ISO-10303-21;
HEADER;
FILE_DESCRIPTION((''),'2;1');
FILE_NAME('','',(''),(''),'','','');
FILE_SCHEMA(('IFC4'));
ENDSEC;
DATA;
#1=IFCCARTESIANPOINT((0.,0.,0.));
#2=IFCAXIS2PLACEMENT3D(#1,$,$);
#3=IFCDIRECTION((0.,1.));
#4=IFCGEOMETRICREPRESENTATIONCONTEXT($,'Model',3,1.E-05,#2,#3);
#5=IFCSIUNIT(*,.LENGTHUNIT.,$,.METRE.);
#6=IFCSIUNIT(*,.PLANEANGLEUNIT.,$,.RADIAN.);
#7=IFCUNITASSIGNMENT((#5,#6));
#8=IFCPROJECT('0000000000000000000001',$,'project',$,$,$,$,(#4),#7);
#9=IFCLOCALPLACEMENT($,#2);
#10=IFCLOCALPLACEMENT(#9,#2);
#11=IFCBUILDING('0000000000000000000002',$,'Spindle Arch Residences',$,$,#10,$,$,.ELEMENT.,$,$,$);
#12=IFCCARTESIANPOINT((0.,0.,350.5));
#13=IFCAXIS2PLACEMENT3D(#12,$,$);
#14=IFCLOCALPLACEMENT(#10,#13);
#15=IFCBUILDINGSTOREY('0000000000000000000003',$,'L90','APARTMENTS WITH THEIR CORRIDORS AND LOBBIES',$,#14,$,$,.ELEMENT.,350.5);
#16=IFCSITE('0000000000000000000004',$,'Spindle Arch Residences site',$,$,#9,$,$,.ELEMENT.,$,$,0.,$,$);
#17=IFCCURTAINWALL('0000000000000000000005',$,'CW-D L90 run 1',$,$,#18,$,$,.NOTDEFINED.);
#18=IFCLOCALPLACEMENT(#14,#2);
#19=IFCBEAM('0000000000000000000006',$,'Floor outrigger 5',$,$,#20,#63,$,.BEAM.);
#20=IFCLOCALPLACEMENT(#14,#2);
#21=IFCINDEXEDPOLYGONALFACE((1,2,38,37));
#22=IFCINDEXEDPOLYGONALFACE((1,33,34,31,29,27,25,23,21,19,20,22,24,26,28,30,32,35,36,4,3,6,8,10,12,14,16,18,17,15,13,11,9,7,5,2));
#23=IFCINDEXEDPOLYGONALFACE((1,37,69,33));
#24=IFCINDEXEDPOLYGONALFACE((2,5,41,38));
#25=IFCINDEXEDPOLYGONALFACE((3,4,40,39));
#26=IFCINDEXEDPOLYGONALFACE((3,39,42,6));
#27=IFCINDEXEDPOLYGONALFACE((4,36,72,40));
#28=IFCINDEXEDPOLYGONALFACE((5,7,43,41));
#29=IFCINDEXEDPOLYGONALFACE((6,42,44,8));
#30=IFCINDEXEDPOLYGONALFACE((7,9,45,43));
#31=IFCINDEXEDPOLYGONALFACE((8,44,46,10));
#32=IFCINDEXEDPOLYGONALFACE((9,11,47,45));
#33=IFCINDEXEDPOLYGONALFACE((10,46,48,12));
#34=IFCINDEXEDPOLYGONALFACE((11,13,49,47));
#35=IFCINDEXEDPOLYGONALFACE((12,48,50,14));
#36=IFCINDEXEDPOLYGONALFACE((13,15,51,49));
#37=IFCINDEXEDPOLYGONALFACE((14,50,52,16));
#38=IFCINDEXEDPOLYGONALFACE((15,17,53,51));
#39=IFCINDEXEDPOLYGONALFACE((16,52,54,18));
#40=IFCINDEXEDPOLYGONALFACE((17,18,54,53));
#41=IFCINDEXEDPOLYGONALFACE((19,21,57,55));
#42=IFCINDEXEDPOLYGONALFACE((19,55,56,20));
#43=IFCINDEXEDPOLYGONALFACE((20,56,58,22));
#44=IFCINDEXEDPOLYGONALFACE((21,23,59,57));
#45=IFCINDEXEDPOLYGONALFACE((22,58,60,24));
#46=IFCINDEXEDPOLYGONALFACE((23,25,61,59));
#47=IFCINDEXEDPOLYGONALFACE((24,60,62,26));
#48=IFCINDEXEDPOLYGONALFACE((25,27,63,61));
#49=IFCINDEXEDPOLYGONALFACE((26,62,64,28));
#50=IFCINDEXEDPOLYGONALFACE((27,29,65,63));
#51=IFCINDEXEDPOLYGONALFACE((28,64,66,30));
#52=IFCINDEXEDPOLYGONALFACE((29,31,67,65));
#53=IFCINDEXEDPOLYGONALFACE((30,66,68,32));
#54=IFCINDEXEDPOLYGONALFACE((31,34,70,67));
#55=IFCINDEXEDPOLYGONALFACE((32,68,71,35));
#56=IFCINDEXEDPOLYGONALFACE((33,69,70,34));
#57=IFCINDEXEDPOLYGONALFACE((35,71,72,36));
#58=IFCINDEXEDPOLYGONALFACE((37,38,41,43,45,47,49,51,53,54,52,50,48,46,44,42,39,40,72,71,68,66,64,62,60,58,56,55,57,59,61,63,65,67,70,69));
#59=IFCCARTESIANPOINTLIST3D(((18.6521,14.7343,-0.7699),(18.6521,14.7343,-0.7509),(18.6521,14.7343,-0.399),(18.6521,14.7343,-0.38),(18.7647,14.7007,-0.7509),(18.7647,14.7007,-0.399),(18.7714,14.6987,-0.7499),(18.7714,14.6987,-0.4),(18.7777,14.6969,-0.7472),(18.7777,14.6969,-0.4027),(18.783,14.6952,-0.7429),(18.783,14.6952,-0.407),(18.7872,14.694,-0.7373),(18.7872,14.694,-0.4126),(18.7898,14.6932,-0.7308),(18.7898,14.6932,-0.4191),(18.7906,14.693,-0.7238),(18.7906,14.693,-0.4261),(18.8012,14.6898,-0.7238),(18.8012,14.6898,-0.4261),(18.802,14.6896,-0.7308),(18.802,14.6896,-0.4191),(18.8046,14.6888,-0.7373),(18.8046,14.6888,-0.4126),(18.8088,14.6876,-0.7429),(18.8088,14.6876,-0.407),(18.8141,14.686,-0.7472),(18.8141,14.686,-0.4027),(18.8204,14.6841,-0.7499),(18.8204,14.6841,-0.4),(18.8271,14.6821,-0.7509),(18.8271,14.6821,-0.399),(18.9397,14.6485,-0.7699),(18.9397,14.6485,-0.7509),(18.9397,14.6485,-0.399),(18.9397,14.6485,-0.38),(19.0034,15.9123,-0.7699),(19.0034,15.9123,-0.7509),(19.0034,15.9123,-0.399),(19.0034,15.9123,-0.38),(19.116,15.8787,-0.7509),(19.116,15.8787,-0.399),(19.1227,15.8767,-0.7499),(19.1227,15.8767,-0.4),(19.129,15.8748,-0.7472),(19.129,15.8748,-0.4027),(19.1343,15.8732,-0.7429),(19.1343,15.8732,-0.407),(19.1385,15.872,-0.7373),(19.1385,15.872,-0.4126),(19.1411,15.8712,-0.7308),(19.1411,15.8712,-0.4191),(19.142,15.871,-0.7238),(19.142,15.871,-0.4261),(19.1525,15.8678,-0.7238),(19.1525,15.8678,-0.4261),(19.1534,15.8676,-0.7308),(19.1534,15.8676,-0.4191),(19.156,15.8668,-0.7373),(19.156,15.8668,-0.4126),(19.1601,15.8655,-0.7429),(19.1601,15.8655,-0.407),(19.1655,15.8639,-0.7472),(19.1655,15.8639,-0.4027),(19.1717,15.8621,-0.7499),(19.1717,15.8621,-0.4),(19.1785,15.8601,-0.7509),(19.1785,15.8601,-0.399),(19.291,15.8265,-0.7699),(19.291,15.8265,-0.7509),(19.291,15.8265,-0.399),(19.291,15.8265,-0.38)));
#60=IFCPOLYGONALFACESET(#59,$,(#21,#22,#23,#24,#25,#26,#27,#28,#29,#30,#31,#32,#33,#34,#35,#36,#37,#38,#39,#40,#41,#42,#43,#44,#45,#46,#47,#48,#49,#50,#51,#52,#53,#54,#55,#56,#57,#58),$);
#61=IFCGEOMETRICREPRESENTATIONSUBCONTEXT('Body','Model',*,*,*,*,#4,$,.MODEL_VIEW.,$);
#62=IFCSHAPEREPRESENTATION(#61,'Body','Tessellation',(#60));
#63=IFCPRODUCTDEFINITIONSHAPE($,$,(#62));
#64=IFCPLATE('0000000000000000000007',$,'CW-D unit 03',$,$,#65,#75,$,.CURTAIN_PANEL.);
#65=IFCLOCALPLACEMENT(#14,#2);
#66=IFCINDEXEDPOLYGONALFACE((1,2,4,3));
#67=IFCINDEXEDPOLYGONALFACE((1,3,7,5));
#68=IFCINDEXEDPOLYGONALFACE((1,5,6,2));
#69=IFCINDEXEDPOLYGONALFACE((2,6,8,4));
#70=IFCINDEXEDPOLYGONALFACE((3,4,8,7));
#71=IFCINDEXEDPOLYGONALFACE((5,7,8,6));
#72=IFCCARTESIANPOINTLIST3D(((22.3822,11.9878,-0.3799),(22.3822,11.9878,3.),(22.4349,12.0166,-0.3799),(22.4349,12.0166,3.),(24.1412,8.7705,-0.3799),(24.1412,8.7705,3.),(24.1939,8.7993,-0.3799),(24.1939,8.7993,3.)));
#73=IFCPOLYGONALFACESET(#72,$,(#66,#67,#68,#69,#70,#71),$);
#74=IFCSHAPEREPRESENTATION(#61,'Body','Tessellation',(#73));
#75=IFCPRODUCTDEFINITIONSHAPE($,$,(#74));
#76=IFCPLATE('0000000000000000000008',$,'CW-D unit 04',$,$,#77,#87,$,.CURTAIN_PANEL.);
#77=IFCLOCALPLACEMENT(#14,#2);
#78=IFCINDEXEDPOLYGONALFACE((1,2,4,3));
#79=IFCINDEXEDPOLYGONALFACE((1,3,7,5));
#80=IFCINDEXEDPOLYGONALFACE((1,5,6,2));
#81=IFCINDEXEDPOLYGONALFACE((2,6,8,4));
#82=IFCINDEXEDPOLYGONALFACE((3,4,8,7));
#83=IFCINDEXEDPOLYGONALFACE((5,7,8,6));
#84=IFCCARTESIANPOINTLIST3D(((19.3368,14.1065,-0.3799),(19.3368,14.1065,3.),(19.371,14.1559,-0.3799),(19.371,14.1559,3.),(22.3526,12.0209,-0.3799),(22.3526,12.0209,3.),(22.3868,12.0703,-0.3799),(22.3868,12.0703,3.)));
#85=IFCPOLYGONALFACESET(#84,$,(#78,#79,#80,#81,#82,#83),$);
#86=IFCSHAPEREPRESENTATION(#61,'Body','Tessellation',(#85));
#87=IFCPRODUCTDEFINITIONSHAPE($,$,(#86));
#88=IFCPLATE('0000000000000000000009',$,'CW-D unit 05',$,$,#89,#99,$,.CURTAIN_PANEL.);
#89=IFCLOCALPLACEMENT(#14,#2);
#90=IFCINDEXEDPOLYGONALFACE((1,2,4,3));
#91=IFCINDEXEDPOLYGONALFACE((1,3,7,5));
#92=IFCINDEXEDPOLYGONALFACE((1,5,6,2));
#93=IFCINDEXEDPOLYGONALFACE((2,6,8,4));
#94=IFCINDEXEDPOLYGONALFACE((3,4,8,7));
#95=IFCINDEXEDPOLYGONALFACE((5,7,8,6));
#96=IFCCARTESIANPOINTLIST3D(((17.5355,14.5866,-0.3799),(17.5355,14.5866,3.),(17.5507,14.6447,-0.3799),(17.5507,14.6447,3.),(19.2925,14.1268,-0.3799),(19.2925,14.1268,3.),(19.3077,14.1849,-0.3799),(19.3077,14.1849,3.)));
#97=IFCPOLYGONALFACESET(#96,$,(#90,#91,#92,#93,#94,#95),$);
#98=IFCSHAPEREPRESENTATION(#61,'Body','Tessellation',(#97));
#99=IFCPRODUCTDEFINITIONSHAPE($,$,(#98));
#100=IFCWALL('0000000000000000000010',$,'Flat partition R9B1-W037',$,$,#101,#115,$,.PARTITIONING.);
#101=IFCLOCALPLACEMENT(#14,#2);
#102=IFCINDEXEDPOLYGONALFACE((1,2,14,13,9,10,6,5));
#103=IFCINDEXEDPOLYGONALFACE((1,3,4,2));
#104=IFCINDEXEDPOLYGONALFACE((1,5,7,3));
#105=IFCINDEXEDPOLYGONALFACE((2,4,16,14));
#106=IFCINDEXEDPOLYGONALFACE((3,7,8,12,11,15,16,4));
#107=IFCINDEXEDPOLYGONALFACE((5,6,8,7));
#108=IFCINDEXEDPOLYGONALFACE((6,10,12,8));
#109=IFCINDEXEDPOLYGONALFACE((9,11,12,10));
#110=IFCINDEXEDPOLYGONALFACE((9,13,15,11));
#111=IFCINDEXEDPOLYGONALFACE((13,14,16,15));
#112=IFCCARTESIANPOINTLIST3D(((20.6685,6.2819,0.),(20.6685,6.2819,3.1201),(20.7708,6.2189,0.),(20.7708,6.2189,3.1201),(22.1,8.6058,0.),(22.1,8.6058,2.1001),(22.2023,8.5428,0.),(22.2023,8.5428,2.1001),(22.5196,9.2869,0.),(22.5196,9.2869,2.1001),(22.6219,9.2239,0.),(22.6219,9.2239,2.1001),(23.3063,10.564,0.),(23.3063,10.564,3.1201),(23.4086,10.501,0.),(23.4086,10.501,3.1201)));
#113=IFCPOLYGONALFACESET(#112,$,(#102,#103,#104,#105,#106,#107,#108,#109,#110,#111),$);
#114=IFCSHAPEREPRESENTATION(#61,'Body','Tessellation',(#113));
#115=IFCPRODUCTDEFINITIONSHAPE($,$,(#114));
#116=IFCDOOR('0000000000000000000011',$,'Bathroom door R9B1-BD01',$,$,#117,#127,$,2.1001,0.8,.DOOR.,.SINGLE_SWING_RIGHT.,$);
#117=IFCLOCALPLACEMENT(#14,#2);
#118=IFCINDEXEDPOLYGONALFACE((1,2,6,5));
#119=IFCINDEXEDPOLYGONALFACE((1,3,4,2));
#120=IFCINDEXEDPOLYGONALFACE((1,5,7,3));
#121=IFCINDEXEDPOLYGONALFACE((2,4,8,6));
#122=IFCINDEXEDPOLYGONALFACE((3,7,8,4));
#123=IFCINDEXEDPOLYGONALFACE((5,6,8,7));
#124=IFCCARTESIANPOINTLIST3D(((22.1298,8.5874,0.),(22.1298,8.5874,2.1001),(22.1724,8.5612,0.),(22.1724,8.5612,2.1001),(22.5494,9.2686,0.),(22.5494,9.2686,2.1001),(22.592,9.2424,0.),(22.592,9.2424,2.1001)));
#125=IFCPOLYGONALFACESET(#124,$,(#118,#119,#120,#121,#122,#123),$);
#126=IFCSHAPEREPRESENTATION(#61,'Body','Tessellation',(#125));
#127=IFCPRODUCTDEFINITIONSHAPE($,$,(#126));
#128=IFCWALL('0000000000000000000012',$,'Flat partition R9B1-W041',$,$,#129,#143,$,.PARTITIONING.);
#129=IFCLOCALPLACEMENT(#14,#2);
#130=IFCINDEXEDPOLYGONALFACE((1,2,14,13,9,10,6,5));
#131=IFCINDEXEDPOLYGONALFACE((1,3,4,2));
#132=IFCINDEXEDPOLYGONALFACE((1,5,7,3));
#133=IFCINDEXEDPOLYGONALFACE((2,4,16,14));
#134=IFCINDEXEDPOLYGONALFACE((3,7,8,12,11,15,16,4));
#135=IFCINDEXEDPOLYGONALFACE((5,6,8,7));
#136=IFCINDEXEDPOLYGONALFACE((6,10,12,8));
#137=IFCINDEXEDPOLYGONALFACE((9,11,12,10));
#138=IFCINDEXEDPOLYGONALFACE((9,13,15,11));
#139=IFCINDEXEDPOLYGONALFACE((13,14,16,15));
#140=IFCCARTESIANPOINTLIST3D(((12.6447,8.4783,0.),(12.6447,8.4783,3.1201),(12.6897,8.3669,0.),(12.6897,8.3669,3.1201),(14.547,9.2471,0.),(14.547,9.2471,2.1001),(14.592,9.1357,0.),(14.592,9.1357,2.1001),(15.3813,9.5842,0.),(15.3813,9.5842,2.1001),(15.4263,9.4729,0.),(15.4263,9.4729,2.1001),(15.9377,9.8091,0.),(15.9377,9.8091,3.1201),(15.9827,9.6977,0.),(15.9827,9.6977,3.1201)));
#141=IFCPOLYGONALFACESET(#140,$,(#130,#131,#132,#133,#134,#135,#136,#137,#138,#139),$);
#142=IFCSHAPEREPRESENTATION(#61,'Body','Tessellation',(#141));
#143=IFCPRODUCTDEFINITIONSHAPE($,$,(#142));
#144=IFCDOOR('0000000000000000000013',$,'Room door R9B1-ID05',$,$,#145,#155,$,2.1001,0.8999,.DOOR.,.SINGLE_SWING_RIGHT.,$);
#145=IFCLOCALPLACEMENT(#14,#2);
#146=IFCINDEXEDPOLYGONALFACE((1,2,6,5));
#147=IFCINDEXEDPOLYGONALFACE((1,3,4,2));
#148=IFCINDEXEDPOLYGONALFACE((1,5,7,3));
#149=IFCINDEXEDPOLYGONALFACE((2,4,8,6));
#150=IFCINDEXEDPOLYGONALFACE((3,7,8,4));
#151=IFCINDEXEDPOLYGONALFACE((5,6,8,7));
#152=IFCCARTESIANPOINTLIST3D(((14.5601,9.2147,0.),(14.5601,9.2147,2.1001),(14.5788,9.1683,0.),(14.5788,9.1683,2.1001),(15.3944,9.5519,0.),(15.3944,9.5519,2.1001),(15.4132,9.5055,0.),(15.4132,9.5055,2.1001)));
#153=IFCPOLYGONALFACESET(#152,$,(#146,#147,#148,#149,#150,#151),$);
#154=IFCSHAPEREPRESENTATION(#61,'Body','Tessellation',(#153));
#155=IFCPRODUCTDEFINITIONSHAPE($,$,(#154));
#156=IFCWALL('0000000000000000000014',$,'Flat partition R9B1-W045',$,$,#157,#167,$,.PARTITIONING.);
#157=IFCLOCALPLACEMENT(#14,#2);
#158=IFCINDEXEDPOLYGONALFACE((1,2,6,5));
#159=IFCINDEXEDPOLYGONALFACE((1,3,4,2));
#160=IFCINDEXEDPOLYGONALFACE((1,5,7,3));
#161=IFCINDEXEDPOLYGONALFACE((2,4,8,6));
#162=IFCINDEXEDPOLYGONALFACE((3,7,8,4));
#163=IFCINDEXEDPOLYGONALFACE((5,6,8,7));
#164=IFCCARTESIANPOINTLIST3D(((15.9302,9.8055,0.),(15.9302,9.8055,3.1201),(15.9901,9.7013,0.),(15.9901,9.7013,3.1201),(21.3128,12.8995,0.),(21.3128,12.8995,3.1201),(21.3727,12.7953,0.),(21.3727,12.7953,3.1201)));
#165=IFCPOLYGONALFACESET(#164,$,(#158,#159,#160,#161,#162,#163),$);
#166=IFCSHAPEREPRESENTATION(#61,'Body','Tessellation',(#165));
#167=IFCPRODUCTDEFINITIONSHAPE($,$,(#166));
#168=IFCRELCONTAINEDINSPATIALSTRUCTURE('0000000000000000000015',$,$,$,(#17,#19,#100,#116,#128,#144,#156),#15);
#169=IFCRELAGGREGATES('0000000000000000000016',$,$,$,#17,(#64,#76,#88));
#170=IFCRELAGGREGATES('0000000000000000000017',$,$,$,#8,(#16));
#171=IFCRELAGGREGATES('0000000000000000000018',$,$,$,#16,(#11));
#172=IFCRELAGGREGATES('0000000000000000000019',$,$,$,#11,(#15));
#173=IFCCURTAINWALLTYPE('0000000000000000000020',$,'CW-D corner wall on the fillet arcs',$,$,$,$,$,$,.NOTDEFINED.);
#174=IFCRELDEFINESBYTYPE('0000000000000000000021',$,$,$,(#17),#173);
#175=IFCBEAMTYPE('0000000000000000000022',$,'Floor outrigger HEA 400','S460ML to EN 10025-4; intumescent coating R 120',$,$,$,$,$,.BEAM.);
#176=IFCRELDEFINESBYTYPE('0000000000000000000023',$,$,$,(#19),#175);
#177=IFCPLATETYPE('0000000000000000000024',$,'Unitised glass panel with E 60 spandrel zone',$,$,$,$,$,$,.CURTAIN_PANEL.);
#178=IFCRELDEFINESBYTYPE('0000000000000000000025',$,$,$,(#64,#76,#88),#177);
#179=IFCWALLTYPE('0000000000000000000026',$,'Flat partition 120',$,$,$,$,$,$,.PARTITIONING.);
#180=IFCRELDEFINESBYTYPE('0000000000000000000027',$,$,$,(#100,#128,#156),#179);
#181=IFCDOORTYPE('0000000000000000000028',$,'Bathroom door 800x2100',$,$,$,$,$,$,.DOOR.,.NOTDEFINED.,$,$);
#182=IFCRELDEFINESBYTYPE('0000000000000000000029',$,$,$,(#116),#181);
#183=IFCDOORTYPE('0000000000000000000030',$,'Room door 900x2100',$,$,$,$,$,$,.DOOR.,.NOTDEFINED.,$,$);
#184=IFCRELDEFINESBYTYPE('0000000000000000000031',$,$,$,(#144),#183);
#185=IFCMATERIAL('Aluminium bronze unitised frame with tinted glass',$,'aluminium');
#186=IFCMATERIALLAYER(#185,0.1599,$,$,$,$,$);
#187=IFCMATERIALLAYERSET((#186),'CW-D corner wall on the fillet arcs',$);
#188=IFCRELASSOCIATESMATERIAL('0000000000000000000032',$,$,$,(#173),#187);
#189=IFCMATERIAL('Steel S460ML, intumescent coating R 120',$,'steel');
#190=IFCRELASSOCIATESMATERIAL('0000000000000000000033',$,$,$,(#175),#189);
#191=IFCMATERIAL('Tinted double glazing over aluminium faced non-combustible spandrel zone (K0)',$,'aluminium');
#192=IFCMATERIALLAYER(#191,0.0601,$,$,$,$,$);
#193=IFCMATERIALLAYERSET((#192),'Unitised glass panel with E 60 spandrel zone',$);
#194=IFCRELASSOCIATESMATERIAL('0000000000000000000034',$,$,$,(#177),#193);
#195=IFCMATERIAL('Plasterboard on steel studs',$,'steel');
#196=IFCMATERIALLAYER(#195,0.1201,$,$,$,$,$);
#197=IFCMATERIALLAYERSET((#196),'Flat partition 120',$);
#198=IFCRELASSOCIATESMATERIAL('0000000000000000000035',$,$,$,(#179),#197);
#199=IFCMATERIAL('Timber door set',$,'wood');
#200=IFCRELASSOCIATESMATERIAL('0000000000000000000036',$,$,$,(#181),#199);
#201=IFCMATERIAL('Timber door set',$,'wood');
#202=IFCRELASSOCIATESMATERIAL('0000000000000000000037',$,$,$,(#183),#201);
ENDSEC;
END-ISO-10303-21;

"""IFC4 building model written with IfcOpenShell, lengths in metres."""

from ifc_helpers import new_model, si_unit, direction, frame, frame_2d, origin, origin_2d, place, context, subcontext, project, spatial, rectangle, i_section, extrude, material, layer, layer_set, material_profile, profile_set, type_object, element, fill, aggregate, save


model = new_model("IFC4")

# Units and contexts
model_context = context("Model", 3, precision=1e-05, world=origin(), true_north=direction((0.0, 1.0)))
body_context = subcontext(model_context, "Body", "Model", "MODEL_VIEW")
ifc_project = project(units=[si_unit("LENGTHUNIT", "METRE"), si_unit("PLANEANGLEUNIT", "RADIAN")], contexts=[model_context])

# Site, building, storey
site_placement = place(None, origin())
site = spatial("IfcSite", under=ifc_project, at=site_placement, Name="Spindle Arch Residences site", CompositionType="ELEMENT", RefElevation=0.0)
building_placement = place(site_placement, origin())
building = spatial("IfcBuilding", under=site, at=building_placement, Name="Spindle Arch Residences", CompositionType="ELEMENT")
storey_placement = place(building_placement, frame((0.0, 0.0, 350.5)))
storey = spatial("IfcBuildingStorey", under=building, at=storey_placement, Name="L90", Description="APARTMENTS WITH THEIR CORRIDORS AND LOBBIES", CompositionType="ELEMENT", Elevation=350.5)

# Curtain wall
ifc_material_1 = material(Name="Aluminium bronze unitised frame with tinted glass", Category="aluminium")
ifc_layer_1 = layer(ifc_material_1, 0.1599)
ifc_layer_set_1 = layer_set([ifc_layer_1], Name="CW-D corner wall on the fillet arcs")
curtain_wall_type = type_object("IfcCurtainWallType", Name="CW-D corner wall on the fillet arcs", PredefinedType="NOTDEFINED", material=ifc_layer_set_1)
curtain_wall_placement = place(storey_placement, origin())
curtain_wall = element("IfcCurtainWall", 1, at=curtain_wall_placement, inside=storey, type_object=curtain_wall_type, Name="CW-D L90 run 1", PredefinedType="NOTDEFINED")

# Beam
ifc_material_2 = material(Name="Steel S460ML, intumescent coating R 120", Category="steel")
ifc_material_profile_1 = material_profile(ifc_material_2, i_section(OverallWidth=0.3, OverallDepth=0.3899, WebThickness=0.011, FlangeThickness=0.019, FilletRadius=0.0271, at=origin_2d()), Name="HEA 400")
ifc_profile_set_1 = profile_set([ifc_material_profile_1], Name="Steel S460ML, intumescent coating R 120")
beam_type_1 = type_object("IfcBeamType", Name="Floor outrigger HEA 400", Description="S460ML to EN 10025-4; intumescent coating R 120", PredefinedType="BEAM", material=ifc_profile_set_1)
beam_1_placement = place(storey_placement, frame((19.1472, 15.8694, -0.575), z_axis=(-0.285799, -0.95829, 0.0), x_axis=(0.95829, -0.285799, 0.0)))
element("IfcBeam", 2, at=beam_1_placement, inside=storey, type_object=beam_type_1, Name="Floor outrigger 5", PredefinedType="BEAM", context=body_context, shape_type="SweptSolid", body=[
    extrude(i_section(OverallWidth=0.3, OverallDepth=0.3899, WebThickness=0.011, FlangeThickness=0.019, FilletRadius=0.0271, at=origin_2d()), origin(), (0.0, 0.0, 1.0), 1.2292),
])

# Plates
ifc_material_3 = material(Name="Tinted double glazing over aluminium faced non-combustible spandrel zone (K0)", Category="aluminium")
ifc_layer_2 = layer(ifc_material_3, 0.0601)
ifc_layer_set_2 = layer_set([ifc_layer_2], Name="Unitised glass panel with E 60 spandrel zone")
plate_type = type_object("IfcPlateType", Name="Unitised glass panel with E 60 spandrel zone", PredefinedType="CURTAIN_PANEL", material=ifc_layer_set_2)
plate_1_placement = place(storey_placement, frame((23.2881, 10.3936, -0.3799), z_axis=(0.0, 0.0, 1.0), x_axis=(-0.479713, 0.877425, 0.0)))
plate_1 = element("IfcPlate", 3, at=plate_1_placement, type_object=plate_type, Name="CW-D unit 03", PredefinedType="CURTAIN_PANEL", context=body_context, shape_type="SweptSolid", body=[
    extrude(rectangle(XDim=3.6667, YDim=0.0601, at=origin_2d()), origin(), (0.0, 0.0, 1.0), 3.3799),
])
plate_2_placement = place(storey_placement, frame((20.8618, 13.0884, -0.3799), z_axis=(0.0, 0.0, 1.0), x_axis=(-0.822475, 0.568801, 0.0)))
plate_2 = element("IfcPlate", 4, at=plate_2_placement, type_object=plate_type, Name="CW-D unit 04", PredefinedType="CURTAIN_PANEL", context=body_context, shape_type="SweptSolid", body=[
    extrude(rectangle(XDim=3.6667, YDim=0.0601, at=origin_2d()), origin(), (0.0, 0.0, 1.0), 3.3799),
])
plate_3_placement = place(storey_placement, frame((18.4216, 14.3857, -0.3799), z_axis=(0.0, 0.0, 1.0), x_axis=(-0.967415, 0.253195, 0.0)))
plate_3 = element("IfcPlate", 5, at=plate_3_placement, type_object=plate_type, Name="CW-D unit 05", PredefinedType="CURTAIN_PANEL", context=body_context, shape_type="SweptSolid", body=[
    extrude(rectangle(XDim=1.8162, YDim=0.0601, at=origin_2d()), origin(), (0.0, 0.0, 1.0), 3.3799),
])
aggregate(curtain_wall, [plate_1, plate_2, plate_3])

# Walls, openings, doors
ifc_material_4 = material(Name="Plasterboard on steel studs", Category="steel")
ifc_layer_3 = layer(ifc_material_4, 0.1201)
ifc_layer_set_3 = layer_set([ifc_layer_3], Name="Flat partition 120")
wall_type_1 = type_object("IfcWallType", Name="Flat partition 120", PredefinedType="PARTITIONING", material=ifc_layer_set_3)
wall_1_placement = place(storey_placement, frame((23.3574, 10.5325, 0.0), z_axis=(0.0, 0.0, 1.0), x_axis=(-0.524477, -0.851425, 0.0)))
wall_1 = element("IfcWall", 6, at=wall_1_placement, inside=storey, type_object=wall_type_1, Name="Flat partition R9B1-W037", PredefinedType="PARTITIONING", context=body_context, shape_type="SweptSolid", body=[
    extrude(rectangle(XDim=5.0293, YDim=0.1201, at=frame_2d((2.5146, 0.0))), origin(), (0.0, 0.0, 1.0), 3.1201),
])
opening_1_placement = place(wall_1_placement, frame((1.5, 0.0, 0.0)))
opening_1 = element("IfcOpeningElement", 7, at=opening_1_placement, cuts=wall_1, PredefinedType="OPENING", context=body_context, shape_type="SweptSolid", body=[
    extrude(rectangle(XDim=0.8, YDim=2.1001, at=frame_2d((0.3999, 1.05))), frame((0.0, 0.0701, 0.0), z_axis=(0.0, -1.0, 0.0), x_axis=(1.0, 0.0, 0.0)), (0.0, 0.0, 1.0), 0.1401),
])
ifc_material_5 = material(Name="Timber door set", Category="wood")
door_type_1 = type_object("IfcDoorType", Name="Bathroom door 800x2100", OperationType="NOTDEFINED", PredefinedType="DOOR", material=ifc_material_5)
door_1_placement = place(opening_1_placement, origin())
door_1 = element("IfcDoor", 8, at=door_1_placement, inside=storey, type_object=door_type_1, Name="Bathroom door R9B1-BD01", OperationType="SINGLE_SWING_RIGHT", OverallHeight=2.1001, OverallWidth=0.8, PredefinedType="DOOR", context=body_context, shape_type="SweptSolid", body=[
    extrude(rectangle(XDim=0.8, YDim=2.1001, at=frame_2d((0.3999, 1.05))), frame((0.0, 0.0249, 0.0), z_axis=(0.0, -1.0, 0.0), x_axis=(1.0, 0.0, 0.0)), (0.0, 0.0, 1.0), 0.05),
])
fill(opening_1, door_1)
wall_2_placement = place(storey_placement, frame((15.9602, 9.7534, 0.0), z_axis=(0.0, 0.0, 1.0), x_axis=(-0.927148, -0.374695, 0.0)))
wall_2 = element("IfcWall", 9, at=wall_2_placement, inside=storey, type_object=wall_type_1, Name="Flat partition R9B1-W041", PredefinedType="PARTITIONING", context=body_context, shape_type="SweptSolid", body=[
    extrude(rectangle(XDim=3.5518, YDim=0.1201, at=frame_2d((1.7759, 0.0))), origin(), (0.0, 0.0, 1.0), 3.1201),
])
opening_2_placement = place(wall_2_placement, frame((0.6001, 0.0, 0.0)))
opening_2 = element("IfcOpeningElement", 10, at=opening_2_placement, cuts=wall_2, PredefinedType="OPENING", context=body_context, shape_type="SweptSolid", body=[
    extrude(rectangle(XDim=0.8999, YDim=2.1001, at=frame_2d((0.45, 1.05))), frame((0.0, 0.0701, 0.0), z_axis=(0.0, -1.0, 0.0), x_axis=(1.0, 0.0, 0.0)), (0.0, 0.0, 1.0), 0.1401),
])
ifc_material_6 = material(Name="Timber door set", Category="wood")
door_type_2 = type_object("IfcDoorType", Name="Room door 900x2100", OperationType="NOTDEFINED", PredefinedType="DOOR", material=ifc_material_6)
door_2_placement = place(opening_2_placement, origin())
door_2 = element("IfcDoor", 11, at=door_2_placement, inside=storey, type_object=door_type_2, Name="Room door R9B1-ID05", OperationType="SINGLE_SWING_RIGHT", OverallHeight=2.1001, OverallWidth=0.8999, PredefinedType="DOOR", context=body_context, shape_type="SweptSolid", body=[
    extrude(rectangle(XDim=0.8999, YDim=2.1001, at=frame_2d((0.45, 1.05))), frame((0.0, 0.0249, 0.0), z_axis=(0.0, -1.0, 0.0), x_axis=(1.0, 0.0, 0.0)), (0.0, 0.0, 1.0), 0.05),
])
fill(opening_2, door_2)

# Wall
wall_3_placement = place(storey_placement, frame((21.3428, 12.8474, 0.0), z_axis=(0.0, 0.0, 1.0), x_axis=(-0.866975, -0.498352, 0.0)))
element("IfcWall", 12, at=wall_3_placement, inside=storey, type_object=wall_type_1, Name="Flat partition R9B1-W045", PredefinedType="PARTITIONING", context=body_context, shape_type="SweptSolid", body=[
    extrude(rectangle(XDim=6.2085, YDim=0.1201, at=frame_2d((3.1042, 0.0))), origin(), (0.0, 0.0, 1.0), 3.1201),
])

save(model, "model.ifc")
